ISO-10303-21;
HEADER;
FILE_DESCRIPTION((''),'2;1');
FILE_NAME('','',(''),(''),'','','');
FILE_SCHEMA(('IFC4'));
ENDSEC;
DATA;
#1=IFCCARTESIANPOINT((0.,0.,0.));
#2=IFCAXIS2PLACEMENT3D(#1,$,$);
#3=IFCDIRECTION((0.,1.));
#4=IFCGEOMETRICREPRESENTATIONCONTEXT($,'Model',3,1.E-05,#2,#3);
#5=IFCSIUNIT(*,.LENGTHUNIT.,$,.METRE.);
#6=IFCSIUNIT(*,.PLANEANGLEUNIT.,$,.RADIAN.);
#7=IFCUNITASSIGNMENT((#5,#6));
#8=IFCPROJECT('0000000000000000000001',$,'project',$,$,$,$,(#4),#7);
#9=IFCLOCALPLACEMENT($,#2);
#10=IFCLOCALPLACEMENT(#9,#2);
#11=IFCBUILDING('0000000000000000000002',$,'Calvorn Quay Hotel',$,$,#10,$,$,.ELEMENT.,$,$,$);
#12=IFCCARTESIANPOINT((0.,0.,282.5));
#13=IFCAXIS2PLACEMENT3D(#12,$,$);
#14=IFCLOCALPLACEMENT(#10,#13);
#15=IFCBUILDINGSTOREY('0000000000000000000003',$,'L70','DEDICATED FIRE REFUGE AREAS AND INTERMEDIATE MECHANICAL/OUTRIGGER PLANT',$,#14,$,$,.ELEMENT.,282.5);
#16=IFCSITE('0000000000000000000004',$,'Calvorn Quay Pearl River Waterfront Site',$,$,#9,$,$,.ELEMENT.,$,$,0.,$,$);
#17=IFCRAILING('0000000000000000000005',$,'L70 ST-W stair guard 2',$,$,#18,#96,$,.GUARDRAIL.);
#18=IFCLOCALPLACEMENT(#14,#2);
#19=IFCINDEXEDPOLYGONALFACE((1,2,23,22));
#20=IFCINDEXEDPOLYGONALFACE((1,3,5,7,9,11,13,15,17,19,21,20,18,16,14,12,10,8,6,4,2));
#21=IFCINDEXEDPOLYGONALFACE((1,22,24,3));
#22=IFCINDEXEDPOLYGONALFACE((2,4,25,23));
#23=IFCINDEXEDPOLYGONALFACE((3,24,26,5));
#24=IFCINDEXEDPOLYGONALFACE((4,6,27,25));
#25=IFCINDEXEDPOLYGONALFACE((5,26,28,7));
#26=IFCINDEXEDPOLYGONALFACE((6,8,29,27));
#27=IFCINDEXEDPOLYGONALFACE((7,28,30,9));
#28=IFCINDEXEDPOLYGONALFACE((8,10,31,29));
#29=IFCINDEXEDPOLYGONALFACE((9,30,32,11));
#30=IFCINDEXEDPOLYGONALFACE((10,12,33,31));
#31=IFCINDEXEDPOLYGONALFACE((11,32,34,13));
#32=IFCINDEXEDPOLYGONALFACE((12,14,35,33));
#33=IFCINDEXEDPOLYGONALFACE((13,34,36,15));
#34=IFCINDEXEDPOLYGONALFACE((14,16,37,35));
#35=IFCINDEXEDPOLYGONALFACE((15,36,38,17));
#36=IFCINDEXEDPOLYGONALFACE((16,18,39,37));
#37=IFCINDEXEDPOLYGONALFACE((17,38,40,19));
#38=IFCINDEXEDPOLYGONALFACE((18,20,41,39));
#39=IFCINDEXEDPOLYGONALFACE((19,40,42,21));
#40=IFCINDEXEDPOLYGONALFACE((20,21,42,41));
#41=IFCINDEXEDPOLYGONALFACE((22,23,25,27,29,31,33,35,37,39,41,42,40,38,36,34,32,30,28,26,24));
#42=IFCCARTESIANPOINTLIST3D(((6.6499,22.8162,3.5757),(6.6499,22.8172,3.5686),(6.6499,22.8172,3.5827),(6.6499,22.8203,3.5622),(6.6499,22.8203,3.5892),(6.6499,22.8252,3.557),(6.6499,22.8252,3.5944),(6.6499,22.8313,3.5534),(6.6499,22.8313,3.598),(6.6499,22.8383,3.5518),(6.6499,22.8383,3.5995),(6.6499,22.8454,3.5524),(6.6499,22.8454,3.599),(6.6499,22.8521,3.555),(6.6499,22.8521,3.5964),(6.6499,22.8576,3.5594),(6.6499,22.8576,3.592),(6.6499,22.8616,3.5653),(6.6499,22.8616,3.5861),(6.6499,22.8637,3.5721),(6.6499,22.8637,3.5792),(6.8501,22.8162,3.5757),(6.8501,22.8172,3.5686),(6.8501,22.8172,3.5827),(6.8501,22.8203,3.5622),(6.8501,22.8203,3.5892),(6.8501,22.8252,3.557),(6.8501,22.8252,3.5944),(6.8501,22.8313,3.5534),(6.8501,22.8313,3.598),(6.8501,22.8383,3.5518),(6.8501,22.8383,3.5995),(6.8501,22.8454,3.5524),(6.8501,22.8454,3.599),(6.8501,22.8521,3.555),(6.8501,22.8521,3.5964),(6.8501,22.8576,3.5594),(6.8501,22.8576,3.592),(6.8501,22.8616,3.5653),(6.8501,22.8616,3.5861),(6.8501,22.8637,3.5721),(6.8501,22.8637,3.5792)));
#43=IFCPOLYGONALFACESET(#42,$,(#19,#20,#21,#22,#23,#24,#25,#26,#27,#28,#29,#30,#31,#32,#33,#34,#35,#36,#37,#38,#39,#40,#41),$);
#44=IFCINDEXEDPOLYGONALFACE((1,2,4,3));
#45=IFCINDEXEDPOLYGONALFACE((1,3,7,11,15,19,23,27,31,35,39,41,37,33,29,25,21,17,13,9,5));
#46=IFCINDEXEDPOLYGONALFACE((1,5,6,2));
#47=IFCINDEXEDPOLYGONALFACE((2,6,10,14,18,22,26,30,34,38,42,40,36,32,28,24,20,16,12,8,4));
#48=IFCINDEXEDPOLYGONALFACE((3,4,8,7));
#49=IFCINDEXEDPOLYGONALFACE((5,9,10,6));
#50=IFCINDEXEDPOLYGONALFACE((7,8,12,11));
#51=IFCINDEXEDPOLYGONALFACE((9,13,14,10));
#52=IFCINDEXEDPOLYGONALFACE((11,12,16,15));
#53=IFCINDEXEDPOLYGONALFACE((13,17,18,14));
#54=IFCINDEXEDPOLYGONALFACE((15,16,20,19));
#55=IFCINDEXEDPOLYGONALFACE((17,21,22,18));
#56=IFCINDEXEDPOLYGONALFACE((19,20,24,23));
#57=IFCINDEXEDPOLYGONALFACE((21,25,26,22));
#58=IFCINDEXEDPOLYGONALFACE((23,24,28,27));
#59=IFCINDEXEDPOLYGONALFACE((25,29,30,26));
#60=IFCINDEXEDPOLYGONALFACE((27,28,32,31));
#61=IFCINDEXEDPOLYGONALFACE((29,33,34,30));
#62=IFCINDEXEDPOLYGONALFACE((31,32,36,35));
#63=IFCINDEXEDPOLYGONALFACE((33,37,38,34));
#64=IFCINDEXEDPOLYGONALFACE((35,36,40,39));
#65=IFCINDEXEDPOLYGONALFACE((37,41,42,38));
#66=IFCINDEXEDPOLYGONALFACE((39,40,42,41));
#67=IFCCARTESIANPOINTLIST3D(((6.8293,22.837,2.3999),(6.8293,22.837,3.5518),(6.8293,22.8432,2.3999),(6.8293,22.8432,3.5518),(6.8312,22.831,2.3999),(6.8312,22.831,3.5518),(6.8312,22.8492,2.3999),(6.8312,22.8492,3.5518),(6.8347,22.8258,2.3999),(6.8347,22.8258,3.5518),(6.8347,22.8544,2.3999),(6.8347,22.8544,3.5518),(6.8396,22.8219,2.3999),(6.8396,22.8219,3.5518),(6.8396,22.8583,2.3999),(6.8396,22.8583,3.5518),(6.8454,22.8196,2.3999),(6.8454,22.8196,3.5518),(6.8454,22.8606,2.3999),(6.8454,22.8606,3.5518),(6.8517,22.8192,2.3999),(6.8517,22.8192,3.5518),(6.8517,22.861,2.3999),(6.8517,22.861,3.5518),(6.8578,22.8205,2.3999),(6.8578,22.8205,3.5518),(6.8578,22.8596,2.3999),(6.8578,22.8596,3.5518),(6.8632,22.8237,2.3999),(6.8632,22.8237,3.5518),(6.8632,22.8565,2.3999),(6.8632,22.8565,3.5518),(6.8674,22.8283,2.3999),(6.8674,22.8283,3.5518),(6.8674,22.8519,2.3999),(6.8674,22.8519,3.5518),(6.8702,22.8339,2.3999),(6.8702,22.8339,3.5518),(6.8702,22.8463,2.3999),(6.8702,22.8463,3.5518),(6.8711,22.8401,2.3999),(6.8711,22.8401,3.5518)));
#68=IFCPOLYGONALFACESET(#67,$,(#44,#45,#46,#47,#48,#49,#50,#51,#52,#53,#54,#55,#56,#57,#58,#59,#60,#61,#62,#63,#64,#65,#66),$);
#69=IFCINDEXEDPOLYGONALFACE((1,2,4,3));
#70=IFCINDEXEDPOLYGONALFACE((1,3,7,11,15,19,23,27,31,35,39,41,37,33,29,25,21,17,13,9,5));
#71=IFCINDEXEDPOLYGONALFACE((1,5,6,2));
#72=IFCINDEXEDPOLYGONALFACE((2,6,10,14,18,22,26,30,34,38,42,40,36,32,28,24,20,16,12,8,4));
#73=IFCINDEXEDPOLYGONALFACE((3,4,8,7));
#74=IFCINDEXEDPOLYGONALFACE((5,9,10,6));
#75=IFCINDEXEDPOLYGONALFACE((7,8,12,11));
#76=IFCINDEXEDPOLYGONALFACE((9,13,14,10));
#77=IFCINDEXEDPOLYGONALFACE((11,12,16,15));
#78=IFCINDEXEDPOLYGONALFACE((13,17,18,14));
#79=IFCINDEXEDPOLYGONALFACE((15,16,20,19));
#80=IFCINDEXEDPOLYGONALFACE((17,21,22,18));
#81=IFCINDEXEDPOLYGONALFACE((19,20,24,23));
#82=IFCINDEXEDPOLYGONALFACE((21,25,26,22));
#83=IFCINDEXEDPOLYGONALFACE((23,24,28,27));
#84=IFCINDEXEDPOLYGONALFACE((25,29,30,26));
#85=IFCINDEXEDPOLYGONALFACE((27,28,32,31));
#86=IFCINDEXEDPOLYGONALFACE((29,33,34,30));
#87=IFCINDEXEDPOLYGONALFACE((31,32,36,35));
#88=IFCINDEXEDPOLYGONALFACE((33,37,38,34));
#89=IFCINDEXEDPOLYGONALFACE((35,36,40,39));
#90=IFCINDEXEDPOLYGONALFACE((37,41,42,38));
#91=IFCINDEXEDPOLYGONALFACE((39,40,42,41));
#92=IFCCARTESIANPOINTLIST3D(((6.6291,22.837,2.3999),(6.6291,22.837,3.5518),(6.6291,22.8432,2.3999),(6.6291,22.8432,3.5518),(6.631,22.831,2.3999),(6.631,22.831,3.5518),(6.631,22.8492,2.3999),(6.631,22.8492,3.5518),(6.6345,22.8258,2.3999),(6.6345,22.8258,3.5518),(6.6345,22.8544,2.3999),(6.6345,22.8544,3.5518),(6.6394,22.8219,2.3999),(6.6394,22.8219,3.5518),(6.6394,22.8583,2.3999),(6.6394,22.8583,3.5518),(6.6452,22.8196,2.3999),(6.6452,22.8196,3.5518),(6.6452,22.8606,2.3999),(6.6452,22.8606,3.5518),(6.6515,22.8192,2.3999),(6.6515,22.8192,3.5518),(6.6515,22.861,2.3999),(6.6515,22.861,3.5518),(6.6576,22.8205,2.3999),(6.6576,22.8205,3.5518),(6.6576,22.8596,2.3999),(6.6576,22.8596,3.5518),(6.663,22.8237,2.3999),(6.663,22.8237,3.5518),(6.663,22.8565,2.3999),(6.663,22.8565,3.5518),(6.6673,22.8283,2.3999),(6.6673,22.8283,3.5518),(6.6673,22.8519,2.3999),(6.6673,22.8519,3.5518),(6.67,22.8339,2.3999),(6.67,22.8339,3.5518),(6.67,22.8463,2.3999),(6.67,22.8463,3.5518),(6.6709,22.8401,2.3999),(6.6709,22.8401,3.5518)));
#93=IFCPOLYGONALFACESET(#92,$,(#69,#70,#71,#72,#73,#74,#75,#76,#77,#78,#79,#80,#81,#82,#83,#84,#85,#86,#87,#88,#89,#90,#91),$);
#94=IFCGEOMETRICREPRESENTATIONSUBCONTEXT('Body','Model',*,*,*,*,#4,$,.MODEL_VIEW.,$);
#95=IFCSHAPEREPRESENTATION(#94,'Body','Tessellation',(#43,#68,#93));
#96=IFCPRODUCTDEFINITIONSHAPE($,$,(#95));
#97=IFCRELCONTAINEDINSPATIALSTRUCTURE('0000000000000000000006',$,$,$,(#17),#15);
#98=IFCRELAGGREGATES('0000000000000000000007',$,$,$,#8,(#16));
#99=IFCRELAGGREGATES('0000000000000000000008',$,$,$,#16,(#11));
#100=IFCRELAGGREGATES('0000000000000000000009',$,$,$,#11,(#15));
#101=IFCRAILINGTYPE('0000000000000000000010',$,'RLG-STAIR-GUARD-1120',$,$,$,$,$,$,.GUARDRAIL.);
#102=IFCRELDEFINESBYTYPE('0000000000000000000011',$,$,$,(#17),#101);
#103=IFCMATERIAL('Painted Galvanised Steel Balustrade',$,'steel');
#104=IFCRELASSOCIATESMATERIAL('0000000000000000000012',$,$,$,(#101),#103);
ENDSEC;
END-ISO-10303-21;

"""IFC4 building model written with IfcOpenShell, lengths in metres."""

from ifc_helpers import new_model, si_unit, direction, frame, origin, origin_2d, place, context, subcontext, project, spatial, circle, extrude, material, type_object, element, save


model = new_model("IFC4")

# Units and contexts
model_context = context("Model", 3, precision=1e-05, world=origin(), true_north=direction((0.0, 1.0)))
body_context = subcontext(model_context, "Body", "Model", "MODEL_VIEW")
ifc_project = project(units=[si_unit("LENGTHUNIT", "METRE"), si_unit("PLANEANGLEUNIT", "RADIAN")], contexts=[model_context])

# Site, building, storey
site_placement = place(None, origin())
site = spatial("IfcSite", under=ifc_project, at=site_placement, Name="Calvorn Quay Pearl River Waterfront Site", CompositionType="ELEMENT", RefElevation=0.0)
building_placement = place(site_placement, origin())
building = spatial("IfcBuilding", under=site, at=building_placement, Name="Calvorn Quay Hotel", CompositionType="ELEMENT")
storey_placement = place(building_placement, frame((0.0, 0.0, 282.5)))
storey = spatial("IfcBuildingStorey", under=building, at=storey_placement, Name="L70", Description="DEDICATED FIRE REFUGE AREAS AND INTERMEDIATE MECHANICAL/OUTRIGGER PLANT", CompositionType="ELEMENT", Elevation=282.5)

# Railing
ifc_material_1 = material(Name="Painted Galvanised Steel Balustrade", Category="steel")
railing_type_1 = type_object("IfcRailingType", Name="RLG-STAIR-GUARD-1120", PredefinedType="GUARDRAIL", material=ifc_material_1)
railing_1_placement = place(storey_placement, frame((6.8501, 22.8401, 2.3999)))
element("IfcRailing", 1, at=railing_1_placement, inside=storey, type_object=railing_type_1, Name="L70 ST-W stair guard 2", PredefinedType="GUARDRAIL", context=body_context, shape_type="SweptSolid", body=[
    extrude(circle(Radius=0.0239, at=origin_2d()), frame((0.0, 0.0, 1.1758), z_axis=(-1.0, 0.0, 0.0), x_axis=(0.0, -1.0, 0.0)), (0.0, 0.0, 1.0), 0.2002),
    extrude(circle(Radius=0.021, at=origin_2d()), origin(), (0.0, 0.0, 1.0), 1.1519),
    extrude(circle(Radius=0.021, at=origin_2d()), frame((-0.2002, 0.0, 0.0)), (0.0, 0.0, 1.0), 1.1519),
])

save(model, "model.ifc")
